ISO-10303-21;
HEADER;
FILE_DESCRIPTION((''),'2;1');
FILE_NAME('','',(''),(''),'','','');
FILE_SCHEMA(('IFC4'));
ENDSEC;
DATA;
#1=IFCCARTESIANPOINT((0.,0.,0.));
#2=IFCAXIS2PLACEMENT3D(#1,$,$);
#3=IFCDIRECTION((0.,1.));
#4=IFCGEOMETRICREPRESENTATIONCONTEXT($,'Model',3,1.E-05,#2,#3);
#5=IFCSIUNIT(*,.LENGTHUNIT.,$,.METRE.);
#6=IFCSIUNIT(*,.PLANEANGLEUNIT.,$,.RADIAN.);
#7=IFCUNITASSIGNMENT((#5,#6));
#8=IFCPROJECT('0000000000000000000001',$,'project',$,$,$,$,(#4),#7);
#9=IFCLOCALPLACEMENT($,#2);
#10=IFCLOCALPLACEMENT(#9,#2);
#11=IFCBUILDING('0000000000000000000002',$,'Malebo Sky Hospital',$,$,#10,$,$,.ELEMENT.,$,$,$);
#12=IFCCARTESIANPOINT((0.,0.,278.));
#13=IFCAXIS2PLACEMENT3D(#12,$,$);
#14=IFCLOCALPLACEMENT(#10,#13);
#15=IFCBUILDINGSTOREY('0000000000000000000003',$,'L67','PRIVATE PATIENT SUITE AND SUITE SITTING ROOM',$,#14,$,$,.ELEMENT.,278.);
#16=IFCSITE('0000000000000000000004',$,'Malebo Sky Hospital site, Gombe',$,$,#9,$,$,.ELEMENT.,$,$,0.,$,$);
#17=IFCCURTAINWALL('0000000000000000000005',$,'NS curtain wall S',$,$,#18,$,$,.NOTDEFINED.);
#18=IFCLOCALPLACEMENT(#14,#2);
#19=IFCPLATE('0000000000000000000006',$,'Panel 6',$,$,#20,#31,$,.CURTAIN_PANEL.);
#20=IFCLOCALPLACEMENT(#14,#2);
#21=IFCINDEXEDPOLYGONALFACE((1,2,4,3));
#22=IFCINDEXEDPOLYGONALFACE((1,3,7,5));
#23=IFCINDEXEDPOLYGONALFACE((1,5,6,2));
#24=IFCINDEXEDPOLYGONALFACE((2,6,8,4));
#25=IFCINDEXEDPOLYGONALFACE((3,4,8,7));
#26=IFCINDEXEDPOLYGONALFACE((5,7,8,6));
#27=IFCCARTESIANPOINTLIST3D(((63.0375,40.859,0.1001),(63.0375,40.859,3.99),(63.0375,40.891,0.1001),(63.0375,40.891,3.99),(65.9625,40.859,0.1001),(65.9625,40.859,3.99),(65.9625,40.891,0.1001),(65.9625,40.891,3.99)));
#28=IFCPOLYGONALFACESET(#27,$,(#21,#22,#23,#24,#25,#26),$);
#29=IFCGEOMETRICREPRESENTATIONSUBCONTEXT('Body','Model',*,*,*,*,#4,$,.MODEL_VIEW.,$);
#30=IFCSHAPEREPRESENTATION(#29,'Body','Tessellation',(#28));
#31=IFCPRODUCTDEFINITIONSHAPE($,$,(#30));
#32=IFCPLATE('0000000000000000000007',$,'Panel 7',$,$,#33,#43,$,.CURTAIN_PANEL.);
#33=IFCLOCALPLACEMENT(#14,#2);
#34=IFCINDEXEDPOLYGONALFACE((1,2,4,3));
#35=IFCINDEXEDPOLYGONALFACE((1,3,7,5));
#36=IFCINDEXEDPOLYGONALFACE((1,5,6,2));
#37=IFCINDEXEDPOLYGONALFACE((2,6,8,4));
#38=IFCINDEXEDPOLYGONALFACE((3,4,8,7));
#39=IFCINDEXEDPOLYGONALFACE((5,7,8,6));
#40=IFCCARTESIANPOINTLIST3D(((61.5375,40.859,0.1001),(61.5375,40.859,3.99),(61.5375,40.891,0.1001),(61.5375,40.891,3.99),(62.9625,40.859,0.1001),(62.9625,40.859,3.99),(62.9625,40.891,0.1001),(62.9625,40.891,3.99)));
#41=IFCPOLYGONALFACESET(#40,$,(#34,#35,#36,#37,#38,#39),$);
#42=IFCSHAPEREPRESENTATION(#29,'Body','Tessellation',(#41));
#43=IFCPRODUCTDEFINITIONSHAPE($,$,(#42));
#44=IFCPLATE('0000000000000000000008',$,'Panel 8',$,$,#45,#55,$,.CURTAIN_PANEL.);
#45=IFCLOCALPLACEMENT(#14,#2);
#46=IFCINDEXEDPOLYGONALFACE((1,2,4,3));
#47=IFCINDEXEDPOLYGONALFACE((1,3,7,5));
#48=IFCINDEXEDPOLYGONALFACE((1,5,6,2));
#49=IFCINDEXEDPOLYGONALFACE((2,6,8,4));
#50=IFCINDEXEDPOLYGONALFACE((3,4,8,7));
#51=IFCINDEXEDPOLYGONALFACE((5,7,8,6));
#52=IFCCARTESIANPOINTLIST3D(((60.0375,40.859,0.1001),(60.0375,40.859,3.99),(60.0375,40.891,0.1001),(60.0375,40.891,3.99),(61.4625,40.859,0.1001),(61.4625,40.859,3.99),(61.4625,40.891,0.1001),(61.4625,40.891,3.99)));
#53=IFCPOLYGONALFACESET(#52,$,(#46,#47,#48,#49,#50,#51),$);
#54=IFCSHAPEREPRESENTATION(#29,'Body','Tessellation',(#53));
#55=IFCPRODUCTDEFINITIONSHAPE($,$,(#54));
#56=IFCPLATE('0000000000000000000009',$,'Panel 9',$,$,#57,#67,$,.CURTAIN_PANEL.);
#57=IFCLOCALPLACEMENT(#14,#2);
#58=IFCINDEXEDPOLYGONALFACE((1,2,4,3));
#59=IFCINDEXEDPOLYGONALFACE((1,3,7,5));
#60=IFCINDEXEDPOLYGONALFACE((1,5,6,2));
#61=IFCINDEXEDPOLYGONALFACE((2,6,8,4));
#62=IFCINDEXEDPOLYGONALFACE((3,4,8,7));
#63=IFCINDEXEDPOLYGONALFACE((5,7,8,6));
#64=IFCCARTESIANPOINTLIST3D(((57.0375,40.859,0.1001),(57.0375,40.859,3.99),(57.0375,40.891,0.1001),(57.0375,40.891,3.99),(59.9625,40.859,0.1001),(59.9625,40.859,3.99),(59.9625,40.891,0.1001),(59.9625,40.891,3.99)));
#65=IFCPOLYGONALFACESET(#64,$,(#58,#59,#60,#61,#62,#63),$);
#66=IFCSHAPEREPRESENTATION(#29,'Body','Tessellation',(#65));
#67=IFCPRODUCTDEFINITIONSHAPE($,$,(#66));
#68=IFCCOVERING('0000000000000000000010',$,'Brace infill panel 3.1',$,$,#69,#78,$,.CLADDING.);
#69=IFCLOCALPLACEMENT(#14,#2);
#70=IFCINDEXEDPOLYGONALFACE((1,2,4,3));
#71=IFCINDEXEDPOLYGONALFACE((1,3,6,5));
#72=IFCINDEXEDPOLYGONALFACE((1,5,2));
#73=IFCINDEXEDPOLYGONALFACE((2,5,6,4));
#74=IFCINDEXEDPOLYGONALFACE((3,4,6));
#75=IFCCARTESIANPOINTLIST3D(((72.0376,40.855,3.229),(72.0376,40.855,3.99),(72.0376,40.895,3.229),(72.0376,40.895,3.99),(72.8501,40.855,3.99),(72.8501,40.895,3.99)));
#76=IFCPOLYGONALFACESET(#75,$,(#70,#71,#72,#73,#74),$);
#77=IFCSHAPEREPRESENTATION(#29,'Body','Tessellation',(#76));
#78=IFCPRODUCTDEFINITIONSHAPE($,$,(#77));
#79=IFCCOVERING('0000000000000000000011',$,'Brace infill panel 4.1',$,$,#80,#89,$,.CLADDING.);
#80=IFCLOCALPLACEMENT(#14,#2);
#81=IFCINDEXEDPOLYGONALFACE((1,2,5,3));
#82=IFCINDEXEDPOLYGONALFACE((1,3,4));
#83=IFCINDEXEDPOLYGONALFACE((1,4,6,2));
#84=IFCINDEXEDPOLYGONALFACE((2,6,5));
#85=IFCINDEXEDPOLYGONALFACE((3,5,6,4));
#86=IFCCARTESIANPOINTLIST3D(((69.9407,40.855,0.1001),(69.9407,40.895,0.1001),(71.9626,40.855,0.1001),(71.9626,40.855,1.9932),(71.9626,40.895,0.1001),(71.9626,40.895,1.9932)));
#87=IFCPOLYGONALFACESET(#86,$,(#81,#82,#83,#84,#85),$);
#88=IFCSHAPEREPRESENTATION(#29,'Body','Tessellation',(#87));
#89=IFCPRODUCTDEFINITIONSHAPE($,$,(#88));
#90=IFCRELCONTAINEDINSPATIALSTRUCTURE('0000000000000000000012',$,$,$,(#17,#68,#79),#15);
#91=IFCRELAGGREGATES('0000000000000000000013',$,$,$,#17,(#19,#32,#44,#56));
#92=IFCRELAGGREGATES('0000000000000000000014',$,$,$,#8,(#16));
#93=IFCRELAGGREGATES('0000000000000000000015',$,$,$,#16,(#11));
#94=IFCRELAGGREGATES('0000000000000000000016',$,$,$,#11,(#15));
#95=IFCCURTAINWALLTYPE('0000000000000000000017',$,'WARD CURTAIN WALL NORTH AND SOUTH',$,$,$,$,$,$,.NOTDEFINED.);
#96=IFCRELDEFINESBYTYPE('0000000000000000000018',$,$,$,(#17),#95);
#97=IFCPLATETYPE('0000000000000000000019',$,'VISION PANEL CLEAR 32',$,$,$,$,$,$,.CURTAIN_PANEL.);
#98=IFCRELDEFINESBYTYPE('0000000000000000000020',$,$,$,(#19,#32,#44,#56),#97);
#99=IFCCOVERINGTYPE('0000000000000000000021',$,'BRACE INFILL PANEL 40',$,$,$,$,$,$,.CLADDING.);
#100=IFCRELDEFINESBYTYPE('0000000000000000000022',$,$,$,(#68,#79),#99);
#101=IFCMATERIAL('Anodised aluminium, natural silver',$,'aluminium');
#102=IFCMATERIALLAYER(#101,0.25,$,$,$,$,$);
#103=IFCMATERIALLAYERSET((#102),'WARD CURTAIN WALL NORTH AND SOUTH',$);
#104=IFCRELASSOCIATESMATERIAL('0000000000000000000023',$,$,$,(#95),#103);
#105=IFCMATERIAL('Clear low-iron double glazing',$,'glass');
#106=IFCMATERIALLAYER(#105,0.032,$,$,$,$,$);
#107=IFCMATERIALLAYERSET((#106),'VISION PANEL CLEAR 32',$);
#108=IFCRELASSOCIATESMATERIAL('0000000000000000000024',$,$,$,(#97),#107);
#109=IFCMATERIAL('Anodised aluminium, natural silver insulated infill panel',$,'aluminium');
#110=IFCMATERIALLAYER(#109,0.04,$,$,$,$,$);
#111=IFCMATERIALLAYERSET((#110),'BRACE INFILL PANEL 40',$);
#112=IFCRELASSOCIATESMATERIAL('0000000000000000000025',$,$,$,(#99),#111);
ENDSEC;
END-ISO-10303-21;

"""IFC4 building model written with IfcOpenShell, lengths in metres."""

from ifc_helpers import new_model, si_unit, direction, frame, origin, origin_2d, place, context, subcontext, project, spatial, polyline, rectangle, outline, extrude, material, layer, layer_set, type_object, element, aggregate, save


model = new_model("IFC4")

# Units and contexts
model_context = context("Model", 3, precision=1e-05, world=origin(), true_north=direction((0.0, 1.0)))
body_context = subcontext(model_context, "Body", "Model", "MODEL_VIEW")
ifc_project = project(units=[si_unit("LENGTHUNIT", "METRE"), si_unit("PLANEANGLEUNIT", "RADIAN")], contexts=[model_context])

# Site, building, storey
site_placement = place(None, origin())
site = spatial("IfcSite", under=ifc_project, at=site_placement, Name="Malebo Sky Hospital site, Gombe", CompositionType="ELEMENT", RefElevation=0.0)
building_placement = place(site_placement, origin())
building = spatial("IfcBuilding", under=site, at=building_placement, Name="Malebo Sky Hospital", CompositionType="ELEMENT")
storey_placement = place(building_placement, frame((0.0, 0.0, 278.0)))
storey = spatial("IfcBuildingStorey", under=building, at=storey_placement, Name="L67", Description="PRIVATE PATIENT SUITE AND SUITE SITTING ROOM", CompositionType="ELEMENT", Elevation=278.0)

# Curtain wall
ifc_material_1 = material(Name="Anodised aluminium, natural silver", Category="aluminium")
ifc_layer_1 = layer(ifc_material_1, 0.25)
ifc_layer_set_1 = layer_set([ifc_layer_1], Name="WARD CURTAIN WALL NORTH AND SOUTH")
curtain_wall_type = type_object("IfcCurtainWallType", Name="WARD CURTAIN WALL NORTH AND SOUTH", PredefinedType="NOTDEFINED", material=ifc_layer_set_1)
curtain_wall_placement = place(storey_placement, origin())
curtain_wall = element("IfcCurtainWall", 1, at=curtain_wall_placement, inside=storey, type_object=curtain_wall_type, Name="NS curtain wall S", PredefinedType="NOTDEFINED")

# Plates
ifc_material_2 = material(Name="Clear low-iron double glazing", Category="glass")
ifc_layer_2 = layer(ifc_material_2, 0.032)
ifc_layer_set_2 = layer_set([ifc_layer_2], Name="VISION PANEL CLEAR 32")
plate_type = type_object("IfcPlateType", Name="VISION PANEL CLEAR 32", PredefinedType="CURTAIN_PANEL", material=ifc_layer_set_2)
plate_1_placement = place(storey_placement, frame((64.5, 40.875, 0.1001), z_axis=(0.0, 0.0, 1.0), x_axis=(-1.0, 0.0, 0.0)))
plate_1 = element("IfcPlate", 2, at=plate_1_placement, type_object=plate_type, Name="Panel 6", PredefinedType="CURTAIN_PANEL", context=body_context, shape_type="SweptSolid", body=[
    extrude(rectangle(XDim=2.925, YDim=0.032, at=origin_2d()), origin(), (0.0, 0.0, 1.0), 3.8899),
])
plate_2_placement = place(storey_placement, frame((62.25, 40.875, 0.1001), z_axis=(0.0, 0.0, 1.0), x_axis=(-1.0, 0.0, 0.0)))
plate_2 = element("IfcPlate", 3, at=plate_2_placement, type_object=plate_type, Name="Panel 7", PredefinedType="CURTAIN_PANEL", context=body_context, shape_type="SweptSolid", body=[
    extrude(rectangle(XDim=1.425, YDim=0.032, at=origin_2d()), origin(), (0.0, 0.0, 1.0), 3.8899),
])
plate_3_placement = place(storey_placement, frame((60.75, 40.875, 0.1001), z_axis=(0.0, 0.0, 1.0), x_axis=(-1.0, 0.0, 0.0)))
plate_3 = element("IfcPlate", 4, at=plate_3_placement, type_object=plate_type, Name="Panel 8", PredefinedType="CURTAIN_PANEL", context=body_context, shape_type="SweptSolid", body=[
    extrude(rectangle(XDim=1.425, YDim=0.032, at=origin_2d()), origin(), (0.0, 0.0, 1.0), 3.8899),
])
plate_4_placement = place(storey_placement, frame((58.5, 40.875, 0.1001), z_axis=(0.0, 0.0, 1.0), x_axis=(-1.0, 0.0, 0.0)))
plate_4 = element("IfcPlate", 5, at=plate_4_placement, type_object=plate_type, Name="Panel 9", PredefinedType="CURTAIN_PANEL", context=body_context, shape_type="SweptSolid", body=[
    extrude(rectangle(XDim=2.925, YDim=0.032, at=origin_2d()), origin(), (0.0, 0.0, 1.0), 3.8899),
])
aggregate(curtain_wall, [plate_1, plate_2, plate_3, plate_4])

# Coverings
ifc_material_3 = material(Name="Anodised aluminium, natural silver insulated infill panel", Category="aluminium")
ifc_layer_3 = layer(ifc_material_3, 0.04)
ifc_layer_set_3 = layer_set([ifc_layer_3], Name="BRACE INFILL PANEL 40")
covering_type = type_object("IfcCoveringType", Name="BRACE INFILL PANEL 40", PredefinedType="CLADDING", material=ifc_layer_set_3)
covering_1_placement = place(storey_placement, frame((72.4438, 40.875, 3.229), z_axis=(0.0, 0.0, 1.0), x_axis=(-1.0, 0.0, 0.0)))
element("IfcCovering", 6, at=covering_1_placement, inside=storey, type_object=covering_type, Name="Brace infill panel 3.1", PredefinedType="CLADDING", context=body_context, shape_type="SweptSolid", body=[
    extrude(outline(polyline([(0.4062, 0.0), (0.4062, 0.761), (-0.4062, 0.761), (0.4062, 0.0)])), frame((0.0, 0.02, 0.0), z_axis=(0.0, -1.0, 0.0), x_axis=(1.0, 0.0, 0.0)), (0.0, 0.0, 1.0), 0.04),
])
covering_2_placement = place(storey_placement, frame((70.9517, 40.875, 0.1001), z_axis=(0.0, 0.0, 1.0), x_axis=(-1.0, 0.0, 0.0)))
element("IfcCovering", 7, at=covering_2_placement, inside=storey, type_object=covering_type, Name="Brace infill panel 4.1", PredefinedType="CLADDING", context=body_context, shape_type="SweptSolid", body=[
    extrude(outline(polyline([(-1.011, 0.0), (1.011, 0.0), (-1.011, 1.8931), (-1.011, 0.0)])), frame((0.0, 0.02, 0.0), z_axis=(0.0, -1.0, 0.0), x_axis=(1.0, 0.0, 0.0)), (0.0, 0.0, 1.0), 0.04),
])

save(model, "model.ifc")
